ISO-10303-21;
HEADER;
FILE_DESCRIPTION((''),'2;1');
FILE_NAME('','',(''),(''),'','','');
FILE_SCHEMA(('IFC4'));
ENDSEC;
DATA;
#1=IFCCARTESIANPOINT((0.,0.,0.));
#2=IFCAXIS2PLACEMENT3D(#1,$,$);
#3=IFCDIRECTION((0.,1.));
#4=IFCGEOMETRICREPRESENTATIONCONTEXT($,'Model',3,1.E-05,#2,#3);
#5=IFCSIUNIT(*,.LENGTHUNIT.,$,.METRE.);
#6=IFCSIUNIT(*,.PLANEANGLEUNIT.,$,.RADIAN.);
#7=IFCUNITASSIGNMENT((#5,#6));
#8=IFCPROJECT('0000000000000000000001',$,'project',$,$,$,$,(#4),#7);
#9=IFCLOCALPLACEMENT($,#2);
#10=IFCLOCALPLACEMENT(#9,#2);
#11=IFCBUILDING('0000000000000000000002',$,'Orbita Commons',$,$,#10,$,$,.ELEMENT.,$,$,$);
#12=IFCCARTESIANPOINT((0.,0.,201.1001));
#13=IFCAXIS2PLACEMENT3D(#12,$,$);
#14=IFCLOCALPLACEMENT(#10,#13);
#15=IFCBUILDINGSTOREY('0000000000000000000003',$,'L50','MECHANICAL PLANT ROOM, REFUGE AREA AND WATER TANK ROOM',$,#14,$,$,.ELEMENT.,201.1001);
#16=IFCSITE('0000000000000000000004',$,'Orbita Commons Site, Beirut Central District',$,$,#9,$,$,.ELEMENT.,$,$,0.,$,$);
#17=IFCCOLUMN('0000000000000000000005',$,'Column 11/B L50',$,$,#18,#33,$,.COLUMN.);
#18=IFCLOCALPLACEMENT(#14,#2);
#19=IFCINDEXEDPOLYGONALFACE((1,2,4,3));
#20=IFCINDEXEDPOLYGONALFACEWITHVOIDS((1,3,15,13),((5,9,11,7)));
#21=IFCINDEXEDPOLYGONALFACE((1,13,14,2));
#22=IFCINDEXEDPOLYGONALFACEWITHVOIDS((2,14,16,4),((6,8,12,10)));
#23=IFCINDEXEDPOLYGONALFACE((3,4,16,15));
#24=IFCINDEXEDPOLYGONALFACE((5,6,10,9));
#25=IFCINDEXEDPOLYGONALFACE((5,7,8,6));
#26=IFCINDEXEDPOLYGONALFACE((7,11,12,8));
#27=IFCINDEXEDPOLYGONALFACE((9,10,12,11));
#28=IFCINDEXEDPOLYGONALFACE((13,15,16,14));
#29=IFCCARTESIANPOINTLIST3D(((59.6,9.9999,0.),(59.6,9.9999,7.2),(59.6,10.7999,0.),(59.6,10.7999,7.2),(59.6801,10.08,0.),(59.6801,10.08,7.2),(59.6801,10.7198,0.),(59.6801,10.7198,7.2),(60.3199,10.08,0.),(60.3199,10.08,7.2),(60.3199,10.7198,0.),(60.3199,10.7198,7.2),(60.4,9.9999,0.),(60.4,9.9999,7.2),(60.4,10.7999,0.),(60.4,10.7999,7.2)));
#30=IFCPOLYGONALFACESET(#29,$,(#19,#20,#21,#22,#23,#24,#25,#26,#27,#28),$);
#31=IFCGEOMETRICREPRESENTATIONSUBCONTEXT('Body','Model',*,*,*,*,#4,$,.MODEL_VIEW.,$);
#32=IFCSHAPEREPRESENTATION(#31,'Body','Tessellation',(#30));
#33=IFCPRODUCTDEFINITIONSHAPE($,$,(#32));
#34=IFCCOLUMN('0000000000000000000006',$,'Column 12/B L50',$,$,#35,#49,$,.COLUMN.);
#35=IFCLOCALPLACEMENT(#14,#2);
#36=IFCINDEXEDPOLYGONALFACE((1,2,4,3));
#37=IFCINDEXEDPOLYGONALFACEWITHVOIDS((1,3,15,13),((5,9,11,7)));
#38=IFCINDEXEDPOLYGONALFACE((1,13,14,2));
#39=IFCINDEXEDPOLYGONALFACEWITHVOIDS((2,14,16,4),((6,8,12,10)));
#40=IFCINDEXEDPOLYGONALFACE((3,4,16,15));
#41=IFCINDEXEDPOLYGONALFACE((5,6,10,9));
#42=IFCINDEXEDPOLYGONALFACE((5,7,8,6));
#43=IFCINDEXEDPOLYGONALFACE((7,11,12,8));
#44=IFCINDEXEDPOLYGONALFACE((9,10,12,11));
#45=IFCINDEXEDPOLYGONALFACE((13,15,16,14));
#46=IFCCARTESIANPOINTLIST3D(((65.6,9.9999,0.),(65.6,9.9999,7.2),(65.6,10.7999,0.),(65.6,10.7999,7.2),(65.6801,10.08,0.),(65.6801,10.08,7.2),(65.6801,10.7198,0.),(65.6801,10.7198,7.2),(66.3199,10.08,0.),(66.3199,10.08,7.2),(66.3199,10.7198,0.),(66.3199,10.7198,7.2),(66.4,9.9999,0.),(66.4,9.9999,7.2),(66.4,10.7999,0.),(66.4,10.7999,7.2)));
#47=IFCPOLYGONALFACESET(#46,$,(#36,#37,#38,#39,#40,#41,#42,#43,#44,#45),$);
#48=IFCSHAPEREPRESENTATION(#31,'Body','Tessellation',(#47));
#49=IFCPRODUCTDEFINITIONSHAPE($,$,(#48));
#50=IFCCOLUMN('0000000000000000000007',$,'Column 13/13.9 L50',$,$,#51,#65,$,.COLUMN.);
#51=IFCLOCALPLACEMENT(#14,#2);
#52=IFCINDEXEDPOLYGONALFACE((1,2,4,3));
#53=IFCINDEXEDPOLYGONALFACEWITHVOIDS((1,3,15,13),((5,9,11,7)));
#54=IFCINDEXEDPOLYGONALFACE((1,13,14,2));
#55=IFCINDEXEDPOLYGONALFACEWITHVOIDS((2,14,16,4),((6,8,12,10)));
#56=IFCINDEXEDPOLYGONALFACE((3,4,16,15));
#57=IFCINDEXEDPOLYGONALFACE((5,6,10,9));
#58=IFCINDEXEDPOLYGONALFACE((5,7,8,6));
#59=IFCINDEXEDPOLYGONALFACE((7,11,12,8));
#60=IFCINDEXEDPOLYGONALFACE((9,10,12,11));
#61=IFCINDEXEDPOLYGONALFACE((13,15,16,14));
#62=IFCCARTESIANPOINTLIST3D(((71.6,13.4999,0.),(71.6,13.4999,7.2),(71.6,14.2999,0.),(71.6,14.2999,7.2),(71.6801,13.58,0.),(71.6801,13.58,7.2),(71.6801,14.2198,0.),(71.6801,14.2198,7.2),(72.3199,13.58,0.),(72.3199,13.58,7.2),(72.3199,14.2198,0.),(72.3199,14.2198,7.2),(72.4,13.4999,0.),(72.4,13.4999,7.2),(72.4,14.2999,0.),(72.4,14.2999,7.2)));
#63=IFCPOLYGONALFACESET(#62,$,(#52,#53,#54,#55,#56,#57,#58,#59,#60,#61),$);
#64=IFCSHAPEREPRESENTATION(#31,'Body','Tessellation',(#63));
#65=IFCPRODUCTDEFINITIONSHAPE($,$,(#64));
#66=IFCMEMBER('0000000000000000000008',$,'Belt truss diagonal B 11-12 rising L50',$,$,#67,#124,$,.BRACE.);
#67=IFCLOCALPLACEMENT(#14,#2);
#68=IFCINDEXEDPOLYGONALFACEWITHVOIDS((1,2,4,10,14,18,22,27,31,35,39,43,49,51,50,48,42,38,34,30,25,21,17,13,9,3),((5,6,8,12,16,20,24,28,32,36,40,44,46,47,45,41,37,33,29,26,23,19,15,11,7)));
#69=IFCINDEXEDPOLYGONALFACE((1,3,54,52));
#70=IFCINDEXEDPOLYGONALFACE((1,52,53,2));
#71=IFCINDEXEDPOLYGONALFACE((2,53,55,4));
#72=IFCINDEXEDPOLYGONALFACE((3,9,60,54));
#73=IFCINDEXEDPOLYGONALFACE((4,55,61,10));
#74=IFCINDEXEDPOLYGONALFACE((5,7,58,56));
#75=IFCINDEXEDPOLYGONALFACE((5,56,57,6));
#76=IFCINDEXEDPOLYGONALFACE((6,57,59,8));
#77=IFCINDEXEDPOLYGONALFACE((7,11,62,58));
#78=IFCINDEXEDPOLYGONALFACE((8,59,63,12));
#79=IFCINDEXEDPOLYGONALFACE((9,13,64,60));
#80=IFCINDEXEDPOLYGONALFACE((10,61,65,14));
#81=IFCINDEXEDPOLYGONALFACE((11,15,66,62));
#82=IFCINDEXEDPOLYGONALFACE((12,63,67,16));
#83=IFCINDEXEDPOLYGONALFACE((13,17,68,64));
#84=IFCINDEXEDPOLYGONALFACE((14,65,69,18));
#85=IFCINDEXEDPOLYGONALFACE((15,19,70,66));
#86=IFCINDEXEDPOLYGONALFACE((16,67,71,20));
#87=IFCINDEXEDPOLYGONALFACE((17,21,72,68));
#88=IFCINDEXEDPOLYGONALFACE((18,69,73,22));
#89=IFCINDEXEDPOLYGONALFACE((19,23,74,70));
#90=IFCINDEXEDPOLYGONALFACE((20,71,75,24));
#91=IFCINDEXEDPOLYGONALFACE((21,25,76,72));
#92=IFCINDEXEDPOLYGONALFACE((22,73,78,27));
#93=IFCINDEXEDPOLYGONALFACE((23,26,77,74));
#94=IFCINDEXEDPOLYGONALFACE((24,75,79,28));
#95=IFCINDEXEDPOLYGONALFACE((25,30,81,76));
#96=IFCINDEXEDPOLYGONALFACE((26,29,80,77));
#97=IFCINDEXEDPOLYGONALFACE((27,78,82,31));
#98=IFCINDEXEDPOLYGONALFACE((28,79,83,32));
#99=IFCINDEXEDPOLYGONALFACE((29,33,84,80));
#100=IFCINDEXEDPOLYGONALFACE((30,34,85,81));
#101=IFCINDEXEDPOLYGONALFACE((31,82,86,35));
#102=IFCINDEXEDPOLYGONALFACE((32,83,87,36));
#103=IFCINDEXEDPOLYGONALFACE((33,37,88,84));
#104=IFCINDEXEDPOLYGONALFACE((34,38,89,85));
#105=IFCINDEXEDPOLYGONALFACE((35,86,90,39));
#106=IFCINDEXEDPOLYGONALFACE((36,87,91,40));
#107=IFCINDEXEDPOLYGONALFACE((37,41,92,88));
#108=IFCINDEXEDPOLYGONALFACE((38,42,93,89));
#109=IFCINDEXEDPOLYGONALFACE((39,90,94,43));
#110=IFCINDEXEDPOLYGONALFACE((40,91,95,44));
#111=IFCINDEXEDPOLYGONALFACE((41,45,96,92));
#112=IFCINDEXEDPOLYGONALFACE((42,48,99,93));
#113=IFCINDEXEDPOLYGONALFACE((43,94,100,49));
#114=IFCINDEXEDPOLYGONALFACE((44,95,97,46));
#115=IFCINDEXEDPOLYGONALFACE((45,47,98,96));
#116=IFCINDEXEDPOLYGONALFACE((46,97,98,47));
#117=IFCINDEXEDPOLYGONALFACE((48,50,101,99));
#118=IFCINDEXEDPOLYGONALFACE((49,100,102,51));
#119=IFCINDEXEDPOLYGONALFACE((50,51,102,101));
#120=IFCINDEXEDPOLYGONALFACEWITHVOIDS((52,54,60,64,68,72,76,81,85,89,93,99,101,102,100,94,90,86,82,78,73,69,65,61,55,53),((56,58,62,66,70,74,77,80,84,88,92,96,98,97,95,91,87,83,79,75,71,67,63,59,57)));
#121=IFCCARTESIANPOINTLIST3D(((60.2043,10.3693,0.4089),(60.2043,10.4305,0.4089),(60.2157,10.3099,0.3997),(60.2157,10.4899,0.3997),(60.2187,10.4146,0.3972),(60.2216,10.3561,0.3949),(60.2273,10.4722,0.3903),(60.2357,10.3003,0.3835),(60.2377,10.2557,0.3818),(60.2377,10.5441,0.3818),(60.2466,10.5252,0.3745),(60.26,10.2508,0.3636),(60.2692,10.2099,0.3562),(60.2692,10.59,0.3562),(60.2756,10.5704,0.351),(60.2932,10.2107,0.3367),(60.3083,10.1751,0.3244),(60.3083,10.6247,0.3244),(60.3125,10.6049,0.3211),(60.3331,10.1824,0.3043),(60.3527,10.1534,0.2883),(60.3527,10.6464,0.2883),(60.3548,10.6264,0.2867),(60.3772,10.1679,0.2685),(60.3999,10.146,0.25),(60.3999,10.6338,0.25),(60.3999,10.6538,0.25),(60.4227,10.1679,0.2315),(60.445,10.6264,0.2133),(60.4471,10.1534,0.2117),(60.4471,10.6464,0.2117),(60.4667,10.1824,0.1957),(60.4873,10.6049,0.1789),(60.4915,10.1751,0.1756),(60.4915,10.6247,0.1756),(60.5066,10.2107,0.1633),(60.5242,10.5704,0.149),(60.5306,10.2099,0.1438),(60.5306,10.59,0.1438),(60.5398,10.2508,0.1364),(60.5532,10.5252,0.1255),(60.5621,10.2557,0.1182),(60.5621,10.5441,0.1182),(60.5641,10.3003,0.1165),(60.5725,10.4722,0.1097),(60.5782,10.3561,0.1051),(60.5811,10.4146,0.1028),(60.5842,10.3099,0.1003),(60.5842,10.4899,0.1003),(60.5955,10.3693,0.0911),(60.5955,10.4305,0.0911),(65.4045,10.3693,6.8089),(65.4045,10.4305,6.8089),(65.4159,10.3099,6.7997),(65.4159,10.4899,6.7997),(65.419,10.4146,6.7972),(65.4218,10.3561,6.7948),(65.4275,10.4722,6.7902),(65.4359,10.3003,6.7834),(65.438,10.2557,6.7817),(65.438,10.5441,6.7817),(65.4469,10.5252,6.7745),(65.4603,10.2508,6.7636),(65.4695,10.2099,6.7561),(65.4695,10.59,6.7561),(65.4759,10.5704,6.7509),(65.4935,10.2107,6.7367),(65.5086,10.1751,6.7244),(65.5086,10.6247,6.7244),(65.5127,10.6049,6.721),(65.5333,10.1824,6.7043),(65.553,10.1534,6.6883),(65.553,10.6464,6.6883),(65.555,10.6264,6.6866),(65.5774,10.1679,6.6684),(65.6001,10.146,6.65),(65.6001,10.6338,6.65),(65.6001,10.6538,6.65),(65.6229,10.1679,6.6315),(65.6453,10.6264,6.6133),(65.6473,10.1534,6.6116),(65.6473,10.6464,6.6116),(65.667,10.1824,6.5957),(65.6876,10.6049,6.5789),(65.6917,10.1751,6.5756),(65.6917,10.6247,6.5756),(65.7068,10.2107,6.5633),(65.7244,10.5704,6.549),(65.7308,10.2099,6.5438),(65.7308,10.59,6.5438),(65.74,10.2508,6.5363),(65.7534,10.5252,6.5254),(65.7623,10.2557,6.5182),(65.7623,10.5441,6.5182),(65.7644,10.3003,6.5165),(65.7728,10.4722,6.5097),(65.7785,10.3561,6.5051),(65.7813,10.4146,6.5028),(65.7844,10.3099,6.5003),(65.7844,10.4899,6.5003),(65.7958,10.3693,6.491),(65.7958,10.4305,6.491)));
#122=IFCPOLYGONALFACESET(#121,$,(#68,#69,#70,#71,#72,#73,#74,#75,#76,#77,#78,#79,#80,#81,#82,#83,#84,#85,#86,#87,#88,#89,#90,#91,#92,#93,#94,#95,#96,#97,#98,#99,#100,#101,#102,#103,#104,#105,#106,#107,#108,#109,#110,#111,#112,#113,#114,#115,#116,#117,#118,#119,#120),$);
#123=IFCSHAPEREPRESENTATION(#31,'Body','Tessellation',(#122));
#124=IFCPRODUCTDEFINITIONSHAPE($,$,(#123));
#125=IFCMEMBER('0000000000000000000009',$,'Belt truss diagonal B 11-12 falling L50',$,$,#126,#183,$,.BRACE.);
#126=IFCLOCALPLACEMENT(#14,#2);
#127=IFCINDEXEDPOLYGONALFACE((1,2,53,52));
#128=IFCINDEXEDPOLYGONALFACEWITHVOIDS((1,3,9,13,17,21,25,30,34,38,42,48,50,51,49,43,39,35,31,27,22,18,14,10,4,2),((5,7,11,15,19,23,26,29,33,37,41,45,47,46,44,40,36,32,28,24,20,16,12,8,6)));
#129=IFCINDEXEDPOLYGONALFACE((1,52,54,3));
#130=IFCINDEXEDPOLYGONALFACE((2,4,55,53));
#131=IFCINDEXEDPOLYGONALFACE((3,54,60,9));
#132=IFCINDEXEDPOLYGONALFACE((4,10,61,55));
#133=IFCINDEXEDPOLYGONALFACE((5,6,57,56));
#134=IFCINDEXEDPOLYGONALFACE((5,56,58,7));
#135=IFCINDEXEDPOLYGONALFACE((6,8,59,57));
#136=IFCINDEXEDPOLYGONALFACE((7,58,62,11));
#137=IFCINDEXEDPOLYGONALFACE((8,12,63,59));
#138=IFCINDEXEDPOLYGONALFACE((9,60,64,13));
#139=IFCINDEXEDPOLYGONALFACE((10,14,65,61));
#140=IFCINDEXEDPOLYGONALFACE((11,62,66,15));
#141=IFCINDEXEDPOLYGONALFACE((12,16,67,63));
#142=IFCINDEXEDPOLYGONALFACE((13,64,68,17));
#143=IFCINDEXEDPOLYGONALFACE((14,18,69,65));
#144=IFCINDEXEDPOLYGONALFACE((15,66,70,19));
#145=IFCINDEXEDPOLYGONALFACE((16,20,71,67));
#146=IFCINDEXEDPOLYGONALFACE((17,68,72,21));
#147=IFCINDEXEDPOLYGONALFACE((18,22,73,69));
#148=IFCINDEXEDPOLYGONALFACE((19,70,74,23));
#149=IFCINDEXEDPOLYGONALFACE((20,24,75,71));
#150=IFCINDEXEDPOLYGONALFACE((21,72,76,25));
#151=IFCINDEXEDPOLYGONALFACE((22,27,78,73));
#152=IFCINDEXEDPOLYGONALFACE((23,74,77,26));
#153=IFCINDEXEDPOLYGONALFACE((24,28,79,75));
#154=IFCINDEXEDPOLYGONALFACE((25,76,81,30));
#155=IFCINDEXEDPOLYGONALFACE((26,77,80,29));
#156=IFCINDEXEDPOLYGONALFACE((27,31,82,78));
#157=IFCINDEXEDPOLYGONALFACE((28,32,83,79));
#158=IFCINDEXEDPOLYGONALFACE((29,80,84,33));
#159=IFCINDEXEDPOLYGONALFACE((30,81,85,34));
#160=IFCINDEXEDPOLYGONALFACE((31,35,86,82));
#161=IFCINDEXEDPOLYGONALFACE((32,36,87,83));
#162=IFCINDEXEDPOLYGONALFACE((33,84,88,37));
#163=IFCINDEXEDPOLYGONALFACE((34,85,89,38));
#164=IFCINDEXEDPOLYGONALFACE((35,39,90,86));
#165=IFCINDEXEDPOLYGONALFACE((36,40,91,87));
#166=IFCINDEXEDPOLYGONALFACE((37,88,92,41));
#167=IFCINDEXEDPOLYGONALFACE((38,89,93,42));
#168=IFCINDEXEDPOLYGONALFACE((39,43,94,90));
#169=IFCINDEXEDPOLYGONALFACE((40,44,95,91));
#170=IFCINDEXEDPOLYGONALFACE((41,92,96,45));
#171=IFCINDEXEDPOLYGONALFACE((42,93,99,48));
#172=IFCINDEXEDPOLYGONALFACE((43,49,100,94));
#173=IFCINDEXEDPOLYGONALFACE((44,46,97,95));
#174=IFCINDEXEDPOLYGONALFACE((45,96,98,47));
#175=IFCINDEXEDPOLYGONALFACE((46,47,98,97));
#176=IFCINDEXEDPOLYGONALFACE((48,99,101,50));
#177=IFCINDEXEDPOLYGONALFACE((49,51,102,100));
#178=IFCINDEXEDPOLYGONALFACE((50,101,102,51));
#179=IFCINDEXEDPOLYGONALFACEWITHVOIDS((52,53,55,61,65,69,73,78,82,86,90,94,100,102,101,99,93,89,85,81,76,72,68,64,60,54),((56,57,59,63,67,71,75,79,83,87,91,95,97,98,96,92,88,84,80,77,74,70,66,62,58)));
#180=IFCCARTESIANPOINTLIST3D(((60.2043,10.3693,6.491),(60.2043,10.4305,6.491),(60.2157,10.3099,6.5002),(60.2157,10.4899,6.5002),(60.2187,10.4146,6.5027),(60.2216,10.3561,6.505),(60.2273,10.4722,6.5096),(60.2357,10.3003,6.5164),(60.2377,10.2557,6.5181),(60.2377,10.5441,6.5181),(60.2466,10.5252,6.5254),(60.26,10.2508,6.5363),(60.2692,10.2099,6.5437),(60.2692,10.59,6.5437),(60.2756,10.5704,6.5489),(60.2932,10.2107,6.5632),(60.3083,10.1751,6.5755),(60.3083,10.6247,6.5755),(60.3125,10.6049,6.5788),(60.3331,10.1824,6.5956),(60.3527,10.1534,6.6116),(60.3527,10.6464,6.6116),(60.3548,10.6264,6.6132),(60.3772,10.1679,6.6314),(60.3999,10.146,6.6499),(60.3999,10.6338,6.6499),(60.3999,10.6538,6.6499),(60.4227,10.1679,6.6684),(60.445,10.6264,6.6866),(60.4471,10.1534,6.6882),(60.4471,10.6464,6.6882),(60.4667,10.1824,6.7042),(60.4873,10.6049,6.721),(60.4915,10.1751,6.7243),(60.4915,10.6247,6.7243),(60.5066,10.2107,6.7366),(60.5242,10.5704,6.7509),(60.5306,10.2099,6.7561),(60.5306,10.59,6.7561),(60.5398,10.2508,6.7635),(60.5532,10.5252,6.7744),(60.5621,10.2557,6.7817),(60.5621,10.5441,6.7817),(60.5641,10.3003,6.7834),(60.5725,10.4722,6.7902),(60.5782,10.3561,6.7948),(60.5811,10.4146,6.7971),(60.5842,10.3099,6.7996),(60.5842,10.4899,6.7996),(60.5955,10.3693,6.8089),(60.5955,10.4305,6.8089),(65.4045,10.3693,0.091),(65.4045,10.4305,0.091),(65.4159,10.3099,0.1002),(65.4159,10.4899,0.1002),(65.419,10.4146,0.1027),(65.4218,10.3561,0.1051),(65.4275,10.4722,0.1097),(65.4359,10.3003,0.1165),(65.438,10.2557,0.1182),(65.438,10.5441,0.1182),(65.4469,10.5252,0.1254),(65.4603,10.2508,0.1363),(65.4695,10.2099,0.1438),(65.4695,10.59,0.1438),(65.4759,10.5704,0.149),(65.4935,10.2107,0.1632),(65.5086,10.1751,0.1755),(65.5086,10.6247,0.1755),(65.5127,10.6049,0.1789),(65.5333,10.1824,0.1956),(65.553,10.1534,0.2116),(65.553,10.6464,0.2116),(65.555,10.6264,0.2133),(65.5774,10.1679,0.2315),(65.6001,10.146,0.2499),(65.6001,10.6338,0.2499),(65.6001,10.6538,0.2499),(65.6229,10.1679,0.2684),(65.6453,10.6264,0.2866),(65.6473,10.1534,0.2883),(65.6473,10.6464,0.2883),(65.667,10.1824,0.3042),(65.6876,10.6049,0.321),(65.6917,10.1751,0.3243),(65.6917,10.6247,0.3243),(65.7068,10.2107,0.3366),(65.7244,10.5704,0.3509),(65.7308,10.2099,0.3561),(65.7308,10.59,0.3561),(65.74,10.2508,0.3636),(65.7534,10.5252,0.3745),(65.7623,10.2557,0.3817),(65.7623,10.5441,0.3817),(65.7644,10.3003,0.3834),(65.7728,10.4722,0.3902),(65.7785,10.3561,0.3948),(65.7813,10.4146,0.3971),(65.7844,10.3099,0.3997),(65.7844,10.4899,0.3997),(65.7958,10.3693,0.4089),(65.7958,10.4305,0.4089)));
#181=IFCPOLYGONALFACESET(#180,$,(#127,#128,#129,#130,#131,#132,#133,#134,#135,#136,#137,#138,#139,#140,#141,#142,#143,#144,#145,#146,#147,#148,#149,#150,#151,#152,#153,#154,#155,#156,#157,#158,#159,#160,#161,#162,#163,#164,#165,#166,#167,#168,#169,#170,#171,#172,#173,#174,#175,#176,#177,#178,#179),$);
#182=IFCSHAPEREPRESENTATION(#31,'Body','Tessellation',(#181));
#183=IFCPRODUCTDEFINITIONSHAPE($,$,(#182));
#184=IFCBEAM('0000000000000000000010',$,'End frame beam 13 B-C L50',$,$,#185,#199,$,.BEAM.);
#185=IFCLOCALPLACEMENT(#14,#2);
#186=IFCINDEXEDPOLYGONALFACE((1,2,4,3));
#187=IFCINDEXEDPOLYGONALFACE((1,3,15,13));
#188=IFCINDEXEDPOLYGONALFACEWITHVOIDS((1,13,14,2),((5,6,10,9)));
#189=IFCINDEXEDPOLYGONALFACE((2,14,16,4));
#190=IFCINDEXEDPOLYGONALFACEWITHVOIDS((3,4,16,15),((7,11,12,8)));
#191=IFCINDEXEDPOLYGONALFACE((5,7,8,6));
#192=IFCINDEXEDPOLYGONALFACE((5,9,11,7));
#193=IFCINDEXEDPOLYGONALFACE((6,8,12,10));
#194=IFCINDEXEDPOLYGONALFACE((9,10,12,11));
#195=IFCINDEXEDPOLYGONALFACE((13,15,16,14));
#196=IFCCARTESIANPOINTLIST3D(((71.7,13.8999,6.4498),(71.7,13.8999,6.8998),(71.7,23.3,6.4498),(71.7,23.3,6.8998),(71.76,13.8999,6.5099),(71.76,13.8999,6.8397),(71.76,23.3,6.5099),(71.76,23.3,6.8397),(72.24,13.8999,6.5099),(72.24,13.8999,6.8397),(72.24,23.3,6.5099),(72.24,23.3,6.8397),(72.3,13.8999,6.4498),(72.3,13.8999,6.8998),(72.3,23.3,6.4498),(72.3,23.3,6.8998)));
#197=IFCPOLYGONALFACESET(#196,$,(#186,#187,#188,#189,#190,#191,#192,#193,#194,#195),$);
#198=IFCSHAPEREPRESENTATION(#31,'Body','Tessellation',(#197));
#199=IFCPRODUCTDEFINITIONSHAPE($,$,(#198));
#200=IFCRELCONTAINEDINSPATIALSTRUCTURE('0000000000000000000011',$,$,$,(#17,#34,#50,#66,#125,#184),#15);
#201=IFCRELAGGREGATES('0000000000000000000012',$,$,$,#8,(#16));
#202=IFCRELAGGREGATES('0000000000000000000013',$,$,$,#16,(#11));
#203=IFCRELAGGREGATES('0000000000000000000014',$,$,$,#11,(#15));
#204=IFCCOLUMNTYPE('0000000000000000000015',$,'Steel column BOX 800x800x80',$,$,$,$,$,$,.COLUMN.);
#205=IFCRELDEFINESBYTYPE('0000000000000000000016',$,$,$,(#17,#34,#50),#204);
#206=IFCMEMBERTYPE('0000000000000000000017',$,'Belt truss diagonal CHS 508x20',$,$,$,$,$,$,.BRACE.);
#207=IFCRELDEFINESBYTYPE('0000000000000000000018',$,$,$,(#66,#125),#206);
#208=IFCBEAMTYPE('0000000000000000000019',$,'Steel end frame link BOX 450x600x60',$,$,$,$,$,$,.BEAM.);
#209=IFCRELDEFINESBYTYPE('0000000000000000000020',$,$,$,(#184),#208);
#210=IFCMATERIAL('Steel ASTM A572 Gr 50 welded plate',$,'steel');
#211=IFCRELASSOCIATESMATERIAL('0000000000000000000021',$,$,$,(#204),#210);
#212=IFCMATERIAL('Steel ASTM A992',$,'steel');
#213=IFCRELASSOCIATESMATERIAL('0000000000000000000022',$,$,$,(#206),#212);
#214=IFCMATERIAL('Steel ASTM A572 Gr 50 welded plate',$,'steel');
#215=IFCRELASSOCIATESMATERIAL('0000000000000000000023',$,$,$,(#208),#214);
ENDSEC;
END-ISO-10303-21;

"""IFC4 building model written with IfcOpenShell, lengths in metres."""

from ifc_helpers import new_model, si_unit, direction, frame, origin, origin_2d, place, context, subcontext, project, spatial, hollow_rectangle, hollow_circle, extrude, material, material_profile, profile_set, type_object, element, save


model = new_model("IFC4")

# Units and contexts
model_context = context("Model", 3, precision=1e-05, world=origin(), true_north=direction((0.0, 1.0)))
body_context = subcontext(model_context, "Body", "Model", "MODEL_VIEW")
ifc_project = project(units=[si_unit("LENGTHUNIT", "METRE"), si_unit("PLANEANGLEUNIT", "RADIAN")], contexts=[model_context])

# Site, building, storey
site_placement = place(None, origin())
site = spatial("IfcSite", under=ifc_project, at=site_placement, Name="Orbita Commons Site, Beirut Central District", CompositionType="ELEMENT", RefElevation=0.0)
building_placement = place(site_placement, origin())
building = spatial("IfcBuilding", under=site, at=building_placement, Name="Orbita Commons", CompositionType="ELEMENT")
storey_placement = place(building_placement, frame((0.0, 0.0, 201.1001)))
storey = spatial("IfcBuildingStorey", under=building, at=storey_placement, Name="L50", Description="MECHANICAL PLANT ROOM, REFUGE AREA AND WATER TANK ROOM", CompositionType="ELEMENT", Elevation=201.1001)

# Columns
ifc_material_1 = material(Name="Steel ASTM A572 Gr 50 welded plate", Category="steel")
ifc_material_profile_1 = material_profile(ifc_material_1, hollow_rectangle(XDim=0.8, YDim=0.8, WallThickness=0.0801, at=origin_2d()), Name="BOX 800x800x80")
ifc_profile_set_1 = profile_set([ifc_material_profile_1], Name="Steel ASTM A572 Gr 50 welded plate")
column_type = type_object("IfcColumnType", Name="Steel column BOX 800x800x80", PredefinedType="COLUMN", material=ifc_profile_set_1)
for number, where, z_axis, x_axis, name in (
    (1, (60.0, 10.3999, 0.0), (0.0, 0.0, 1.0), (1.0, 0.0, 0.0), "Column 11/B L50"),
    (2, (66.0, 10.3999, 0.0), (0.0, 0.0, 1.0), (1.0, 0.0, 0.0), "Column 12/B L50"),
    (3, (72.0, 13.8999, 0.0), (0.0, 0.0, 1.0), (1.0, 0.0, 0.0), "Column 13/13.9 L50"),
):
    element("IfcColumn", number, at=place(storey_placement, frame(where, z_axis=z_axis, x_axis=x_axis)), inside=storey, type_object=column_type, Name=name, PredefinedType="COLUMN", context=body_context, shape_type="SweptSolid", body=[
        extrude(hollow_rectangle(XDim=0.8, YDim=0.8, WallThickness=0.0801, at=origin_2d()), origin(), (0.0, 0.0, 1.0), 7.2),
    ])

# Members
ifc_material_2 = material(Name="Steel ASTM A992", Category="steel")
ifc_material_profile_2 = material_profile(ifc_material_2, hollow_circle(Radius=0.2539, WallThickness=0.02, at=origin_2d()), Name="CHS 508x20")
ifc_profile_set_2 = profile_set([ifc_material_profile_2], Name="Steel ASTM A992")
member_type = type_object("IfcMemberType", Name="Belt truss diagonal CHS 508x20", PredefinedType="BRACE", material=ifc_profile_set_2)
for number, where, z_axis, x_axis, name in (
    (4, (60.3999, 10.3999, 0.25), (0.630613, 0.0, 0.776098), (0.0, 1.0, 0.0), "Belt truss diagonal B 11-12 rising L50"),
    (5, (60.3999, 10.3999, 6.6499), (0.630613, 0.0, -0.776098), (0.0, 1.0, 0.0), "Belt truss diagonal B 11-12 falling L50"),
):
    element("IfcMember", number, at=place(storey_placement, frame(where, z_axis=z_axis, x_axis=x_axis)), inside=storey, type_object=member_type, Name=name, PredefinedType="BRACE", context=body_context, shape_type="SweptSolid", body=[
        extrude(hollow_circle(Radius=0.2539, WallThickness=0.02, at=origin_2d()), origin(), (0.0, 0.0, 1.0), 8.2463),
    ])

# Beam
ifc_material_3 = material(Name="Steel ASTM A572 Gr 50 welded plate", Category="steel")
ifc_material_profile_3 = material_profile(ifc_material_3, hollow_rectangle(XDim=0.6001, YDim=0.45, WallThickness=0.0601, at=origin_2d()), Name="BOX 450x600x60")
ifc_profile_set_3 = profile_set([ifc_material_profile_3], Name="Steel ASTM A572 Gr 50 welded plate")
beam_type_1 = type_object("IfcBeamType", Name="Steel end frame link BOX 450x600x60", PredefinedType="BEAM", material=ifc_profile_set_3)
beam_1_placement = place(storey_placement, frame((72.0, 13.8999, 6.6748), z_axis=(0.0, 1.0, 0.0), x_axis=(-1.0, 0.0, 0.0)))
element("IfcBeam", 6, at=beam_1_placement, inside=storey, type_object=beam_type_1, Name="End frame beam 13 B-C L50", PredefinedType="BEAM", context=body_context, shape_type="SweptSolid", body=[
    extrude(hollow_rectangle(XDim=0.6001, YDim=0.45, WallThickness=0.0601, at=origin_2d()), origin(), (0.0, 0.0, 1.0), 9.4001),
])

save(model, "model.ifc")
